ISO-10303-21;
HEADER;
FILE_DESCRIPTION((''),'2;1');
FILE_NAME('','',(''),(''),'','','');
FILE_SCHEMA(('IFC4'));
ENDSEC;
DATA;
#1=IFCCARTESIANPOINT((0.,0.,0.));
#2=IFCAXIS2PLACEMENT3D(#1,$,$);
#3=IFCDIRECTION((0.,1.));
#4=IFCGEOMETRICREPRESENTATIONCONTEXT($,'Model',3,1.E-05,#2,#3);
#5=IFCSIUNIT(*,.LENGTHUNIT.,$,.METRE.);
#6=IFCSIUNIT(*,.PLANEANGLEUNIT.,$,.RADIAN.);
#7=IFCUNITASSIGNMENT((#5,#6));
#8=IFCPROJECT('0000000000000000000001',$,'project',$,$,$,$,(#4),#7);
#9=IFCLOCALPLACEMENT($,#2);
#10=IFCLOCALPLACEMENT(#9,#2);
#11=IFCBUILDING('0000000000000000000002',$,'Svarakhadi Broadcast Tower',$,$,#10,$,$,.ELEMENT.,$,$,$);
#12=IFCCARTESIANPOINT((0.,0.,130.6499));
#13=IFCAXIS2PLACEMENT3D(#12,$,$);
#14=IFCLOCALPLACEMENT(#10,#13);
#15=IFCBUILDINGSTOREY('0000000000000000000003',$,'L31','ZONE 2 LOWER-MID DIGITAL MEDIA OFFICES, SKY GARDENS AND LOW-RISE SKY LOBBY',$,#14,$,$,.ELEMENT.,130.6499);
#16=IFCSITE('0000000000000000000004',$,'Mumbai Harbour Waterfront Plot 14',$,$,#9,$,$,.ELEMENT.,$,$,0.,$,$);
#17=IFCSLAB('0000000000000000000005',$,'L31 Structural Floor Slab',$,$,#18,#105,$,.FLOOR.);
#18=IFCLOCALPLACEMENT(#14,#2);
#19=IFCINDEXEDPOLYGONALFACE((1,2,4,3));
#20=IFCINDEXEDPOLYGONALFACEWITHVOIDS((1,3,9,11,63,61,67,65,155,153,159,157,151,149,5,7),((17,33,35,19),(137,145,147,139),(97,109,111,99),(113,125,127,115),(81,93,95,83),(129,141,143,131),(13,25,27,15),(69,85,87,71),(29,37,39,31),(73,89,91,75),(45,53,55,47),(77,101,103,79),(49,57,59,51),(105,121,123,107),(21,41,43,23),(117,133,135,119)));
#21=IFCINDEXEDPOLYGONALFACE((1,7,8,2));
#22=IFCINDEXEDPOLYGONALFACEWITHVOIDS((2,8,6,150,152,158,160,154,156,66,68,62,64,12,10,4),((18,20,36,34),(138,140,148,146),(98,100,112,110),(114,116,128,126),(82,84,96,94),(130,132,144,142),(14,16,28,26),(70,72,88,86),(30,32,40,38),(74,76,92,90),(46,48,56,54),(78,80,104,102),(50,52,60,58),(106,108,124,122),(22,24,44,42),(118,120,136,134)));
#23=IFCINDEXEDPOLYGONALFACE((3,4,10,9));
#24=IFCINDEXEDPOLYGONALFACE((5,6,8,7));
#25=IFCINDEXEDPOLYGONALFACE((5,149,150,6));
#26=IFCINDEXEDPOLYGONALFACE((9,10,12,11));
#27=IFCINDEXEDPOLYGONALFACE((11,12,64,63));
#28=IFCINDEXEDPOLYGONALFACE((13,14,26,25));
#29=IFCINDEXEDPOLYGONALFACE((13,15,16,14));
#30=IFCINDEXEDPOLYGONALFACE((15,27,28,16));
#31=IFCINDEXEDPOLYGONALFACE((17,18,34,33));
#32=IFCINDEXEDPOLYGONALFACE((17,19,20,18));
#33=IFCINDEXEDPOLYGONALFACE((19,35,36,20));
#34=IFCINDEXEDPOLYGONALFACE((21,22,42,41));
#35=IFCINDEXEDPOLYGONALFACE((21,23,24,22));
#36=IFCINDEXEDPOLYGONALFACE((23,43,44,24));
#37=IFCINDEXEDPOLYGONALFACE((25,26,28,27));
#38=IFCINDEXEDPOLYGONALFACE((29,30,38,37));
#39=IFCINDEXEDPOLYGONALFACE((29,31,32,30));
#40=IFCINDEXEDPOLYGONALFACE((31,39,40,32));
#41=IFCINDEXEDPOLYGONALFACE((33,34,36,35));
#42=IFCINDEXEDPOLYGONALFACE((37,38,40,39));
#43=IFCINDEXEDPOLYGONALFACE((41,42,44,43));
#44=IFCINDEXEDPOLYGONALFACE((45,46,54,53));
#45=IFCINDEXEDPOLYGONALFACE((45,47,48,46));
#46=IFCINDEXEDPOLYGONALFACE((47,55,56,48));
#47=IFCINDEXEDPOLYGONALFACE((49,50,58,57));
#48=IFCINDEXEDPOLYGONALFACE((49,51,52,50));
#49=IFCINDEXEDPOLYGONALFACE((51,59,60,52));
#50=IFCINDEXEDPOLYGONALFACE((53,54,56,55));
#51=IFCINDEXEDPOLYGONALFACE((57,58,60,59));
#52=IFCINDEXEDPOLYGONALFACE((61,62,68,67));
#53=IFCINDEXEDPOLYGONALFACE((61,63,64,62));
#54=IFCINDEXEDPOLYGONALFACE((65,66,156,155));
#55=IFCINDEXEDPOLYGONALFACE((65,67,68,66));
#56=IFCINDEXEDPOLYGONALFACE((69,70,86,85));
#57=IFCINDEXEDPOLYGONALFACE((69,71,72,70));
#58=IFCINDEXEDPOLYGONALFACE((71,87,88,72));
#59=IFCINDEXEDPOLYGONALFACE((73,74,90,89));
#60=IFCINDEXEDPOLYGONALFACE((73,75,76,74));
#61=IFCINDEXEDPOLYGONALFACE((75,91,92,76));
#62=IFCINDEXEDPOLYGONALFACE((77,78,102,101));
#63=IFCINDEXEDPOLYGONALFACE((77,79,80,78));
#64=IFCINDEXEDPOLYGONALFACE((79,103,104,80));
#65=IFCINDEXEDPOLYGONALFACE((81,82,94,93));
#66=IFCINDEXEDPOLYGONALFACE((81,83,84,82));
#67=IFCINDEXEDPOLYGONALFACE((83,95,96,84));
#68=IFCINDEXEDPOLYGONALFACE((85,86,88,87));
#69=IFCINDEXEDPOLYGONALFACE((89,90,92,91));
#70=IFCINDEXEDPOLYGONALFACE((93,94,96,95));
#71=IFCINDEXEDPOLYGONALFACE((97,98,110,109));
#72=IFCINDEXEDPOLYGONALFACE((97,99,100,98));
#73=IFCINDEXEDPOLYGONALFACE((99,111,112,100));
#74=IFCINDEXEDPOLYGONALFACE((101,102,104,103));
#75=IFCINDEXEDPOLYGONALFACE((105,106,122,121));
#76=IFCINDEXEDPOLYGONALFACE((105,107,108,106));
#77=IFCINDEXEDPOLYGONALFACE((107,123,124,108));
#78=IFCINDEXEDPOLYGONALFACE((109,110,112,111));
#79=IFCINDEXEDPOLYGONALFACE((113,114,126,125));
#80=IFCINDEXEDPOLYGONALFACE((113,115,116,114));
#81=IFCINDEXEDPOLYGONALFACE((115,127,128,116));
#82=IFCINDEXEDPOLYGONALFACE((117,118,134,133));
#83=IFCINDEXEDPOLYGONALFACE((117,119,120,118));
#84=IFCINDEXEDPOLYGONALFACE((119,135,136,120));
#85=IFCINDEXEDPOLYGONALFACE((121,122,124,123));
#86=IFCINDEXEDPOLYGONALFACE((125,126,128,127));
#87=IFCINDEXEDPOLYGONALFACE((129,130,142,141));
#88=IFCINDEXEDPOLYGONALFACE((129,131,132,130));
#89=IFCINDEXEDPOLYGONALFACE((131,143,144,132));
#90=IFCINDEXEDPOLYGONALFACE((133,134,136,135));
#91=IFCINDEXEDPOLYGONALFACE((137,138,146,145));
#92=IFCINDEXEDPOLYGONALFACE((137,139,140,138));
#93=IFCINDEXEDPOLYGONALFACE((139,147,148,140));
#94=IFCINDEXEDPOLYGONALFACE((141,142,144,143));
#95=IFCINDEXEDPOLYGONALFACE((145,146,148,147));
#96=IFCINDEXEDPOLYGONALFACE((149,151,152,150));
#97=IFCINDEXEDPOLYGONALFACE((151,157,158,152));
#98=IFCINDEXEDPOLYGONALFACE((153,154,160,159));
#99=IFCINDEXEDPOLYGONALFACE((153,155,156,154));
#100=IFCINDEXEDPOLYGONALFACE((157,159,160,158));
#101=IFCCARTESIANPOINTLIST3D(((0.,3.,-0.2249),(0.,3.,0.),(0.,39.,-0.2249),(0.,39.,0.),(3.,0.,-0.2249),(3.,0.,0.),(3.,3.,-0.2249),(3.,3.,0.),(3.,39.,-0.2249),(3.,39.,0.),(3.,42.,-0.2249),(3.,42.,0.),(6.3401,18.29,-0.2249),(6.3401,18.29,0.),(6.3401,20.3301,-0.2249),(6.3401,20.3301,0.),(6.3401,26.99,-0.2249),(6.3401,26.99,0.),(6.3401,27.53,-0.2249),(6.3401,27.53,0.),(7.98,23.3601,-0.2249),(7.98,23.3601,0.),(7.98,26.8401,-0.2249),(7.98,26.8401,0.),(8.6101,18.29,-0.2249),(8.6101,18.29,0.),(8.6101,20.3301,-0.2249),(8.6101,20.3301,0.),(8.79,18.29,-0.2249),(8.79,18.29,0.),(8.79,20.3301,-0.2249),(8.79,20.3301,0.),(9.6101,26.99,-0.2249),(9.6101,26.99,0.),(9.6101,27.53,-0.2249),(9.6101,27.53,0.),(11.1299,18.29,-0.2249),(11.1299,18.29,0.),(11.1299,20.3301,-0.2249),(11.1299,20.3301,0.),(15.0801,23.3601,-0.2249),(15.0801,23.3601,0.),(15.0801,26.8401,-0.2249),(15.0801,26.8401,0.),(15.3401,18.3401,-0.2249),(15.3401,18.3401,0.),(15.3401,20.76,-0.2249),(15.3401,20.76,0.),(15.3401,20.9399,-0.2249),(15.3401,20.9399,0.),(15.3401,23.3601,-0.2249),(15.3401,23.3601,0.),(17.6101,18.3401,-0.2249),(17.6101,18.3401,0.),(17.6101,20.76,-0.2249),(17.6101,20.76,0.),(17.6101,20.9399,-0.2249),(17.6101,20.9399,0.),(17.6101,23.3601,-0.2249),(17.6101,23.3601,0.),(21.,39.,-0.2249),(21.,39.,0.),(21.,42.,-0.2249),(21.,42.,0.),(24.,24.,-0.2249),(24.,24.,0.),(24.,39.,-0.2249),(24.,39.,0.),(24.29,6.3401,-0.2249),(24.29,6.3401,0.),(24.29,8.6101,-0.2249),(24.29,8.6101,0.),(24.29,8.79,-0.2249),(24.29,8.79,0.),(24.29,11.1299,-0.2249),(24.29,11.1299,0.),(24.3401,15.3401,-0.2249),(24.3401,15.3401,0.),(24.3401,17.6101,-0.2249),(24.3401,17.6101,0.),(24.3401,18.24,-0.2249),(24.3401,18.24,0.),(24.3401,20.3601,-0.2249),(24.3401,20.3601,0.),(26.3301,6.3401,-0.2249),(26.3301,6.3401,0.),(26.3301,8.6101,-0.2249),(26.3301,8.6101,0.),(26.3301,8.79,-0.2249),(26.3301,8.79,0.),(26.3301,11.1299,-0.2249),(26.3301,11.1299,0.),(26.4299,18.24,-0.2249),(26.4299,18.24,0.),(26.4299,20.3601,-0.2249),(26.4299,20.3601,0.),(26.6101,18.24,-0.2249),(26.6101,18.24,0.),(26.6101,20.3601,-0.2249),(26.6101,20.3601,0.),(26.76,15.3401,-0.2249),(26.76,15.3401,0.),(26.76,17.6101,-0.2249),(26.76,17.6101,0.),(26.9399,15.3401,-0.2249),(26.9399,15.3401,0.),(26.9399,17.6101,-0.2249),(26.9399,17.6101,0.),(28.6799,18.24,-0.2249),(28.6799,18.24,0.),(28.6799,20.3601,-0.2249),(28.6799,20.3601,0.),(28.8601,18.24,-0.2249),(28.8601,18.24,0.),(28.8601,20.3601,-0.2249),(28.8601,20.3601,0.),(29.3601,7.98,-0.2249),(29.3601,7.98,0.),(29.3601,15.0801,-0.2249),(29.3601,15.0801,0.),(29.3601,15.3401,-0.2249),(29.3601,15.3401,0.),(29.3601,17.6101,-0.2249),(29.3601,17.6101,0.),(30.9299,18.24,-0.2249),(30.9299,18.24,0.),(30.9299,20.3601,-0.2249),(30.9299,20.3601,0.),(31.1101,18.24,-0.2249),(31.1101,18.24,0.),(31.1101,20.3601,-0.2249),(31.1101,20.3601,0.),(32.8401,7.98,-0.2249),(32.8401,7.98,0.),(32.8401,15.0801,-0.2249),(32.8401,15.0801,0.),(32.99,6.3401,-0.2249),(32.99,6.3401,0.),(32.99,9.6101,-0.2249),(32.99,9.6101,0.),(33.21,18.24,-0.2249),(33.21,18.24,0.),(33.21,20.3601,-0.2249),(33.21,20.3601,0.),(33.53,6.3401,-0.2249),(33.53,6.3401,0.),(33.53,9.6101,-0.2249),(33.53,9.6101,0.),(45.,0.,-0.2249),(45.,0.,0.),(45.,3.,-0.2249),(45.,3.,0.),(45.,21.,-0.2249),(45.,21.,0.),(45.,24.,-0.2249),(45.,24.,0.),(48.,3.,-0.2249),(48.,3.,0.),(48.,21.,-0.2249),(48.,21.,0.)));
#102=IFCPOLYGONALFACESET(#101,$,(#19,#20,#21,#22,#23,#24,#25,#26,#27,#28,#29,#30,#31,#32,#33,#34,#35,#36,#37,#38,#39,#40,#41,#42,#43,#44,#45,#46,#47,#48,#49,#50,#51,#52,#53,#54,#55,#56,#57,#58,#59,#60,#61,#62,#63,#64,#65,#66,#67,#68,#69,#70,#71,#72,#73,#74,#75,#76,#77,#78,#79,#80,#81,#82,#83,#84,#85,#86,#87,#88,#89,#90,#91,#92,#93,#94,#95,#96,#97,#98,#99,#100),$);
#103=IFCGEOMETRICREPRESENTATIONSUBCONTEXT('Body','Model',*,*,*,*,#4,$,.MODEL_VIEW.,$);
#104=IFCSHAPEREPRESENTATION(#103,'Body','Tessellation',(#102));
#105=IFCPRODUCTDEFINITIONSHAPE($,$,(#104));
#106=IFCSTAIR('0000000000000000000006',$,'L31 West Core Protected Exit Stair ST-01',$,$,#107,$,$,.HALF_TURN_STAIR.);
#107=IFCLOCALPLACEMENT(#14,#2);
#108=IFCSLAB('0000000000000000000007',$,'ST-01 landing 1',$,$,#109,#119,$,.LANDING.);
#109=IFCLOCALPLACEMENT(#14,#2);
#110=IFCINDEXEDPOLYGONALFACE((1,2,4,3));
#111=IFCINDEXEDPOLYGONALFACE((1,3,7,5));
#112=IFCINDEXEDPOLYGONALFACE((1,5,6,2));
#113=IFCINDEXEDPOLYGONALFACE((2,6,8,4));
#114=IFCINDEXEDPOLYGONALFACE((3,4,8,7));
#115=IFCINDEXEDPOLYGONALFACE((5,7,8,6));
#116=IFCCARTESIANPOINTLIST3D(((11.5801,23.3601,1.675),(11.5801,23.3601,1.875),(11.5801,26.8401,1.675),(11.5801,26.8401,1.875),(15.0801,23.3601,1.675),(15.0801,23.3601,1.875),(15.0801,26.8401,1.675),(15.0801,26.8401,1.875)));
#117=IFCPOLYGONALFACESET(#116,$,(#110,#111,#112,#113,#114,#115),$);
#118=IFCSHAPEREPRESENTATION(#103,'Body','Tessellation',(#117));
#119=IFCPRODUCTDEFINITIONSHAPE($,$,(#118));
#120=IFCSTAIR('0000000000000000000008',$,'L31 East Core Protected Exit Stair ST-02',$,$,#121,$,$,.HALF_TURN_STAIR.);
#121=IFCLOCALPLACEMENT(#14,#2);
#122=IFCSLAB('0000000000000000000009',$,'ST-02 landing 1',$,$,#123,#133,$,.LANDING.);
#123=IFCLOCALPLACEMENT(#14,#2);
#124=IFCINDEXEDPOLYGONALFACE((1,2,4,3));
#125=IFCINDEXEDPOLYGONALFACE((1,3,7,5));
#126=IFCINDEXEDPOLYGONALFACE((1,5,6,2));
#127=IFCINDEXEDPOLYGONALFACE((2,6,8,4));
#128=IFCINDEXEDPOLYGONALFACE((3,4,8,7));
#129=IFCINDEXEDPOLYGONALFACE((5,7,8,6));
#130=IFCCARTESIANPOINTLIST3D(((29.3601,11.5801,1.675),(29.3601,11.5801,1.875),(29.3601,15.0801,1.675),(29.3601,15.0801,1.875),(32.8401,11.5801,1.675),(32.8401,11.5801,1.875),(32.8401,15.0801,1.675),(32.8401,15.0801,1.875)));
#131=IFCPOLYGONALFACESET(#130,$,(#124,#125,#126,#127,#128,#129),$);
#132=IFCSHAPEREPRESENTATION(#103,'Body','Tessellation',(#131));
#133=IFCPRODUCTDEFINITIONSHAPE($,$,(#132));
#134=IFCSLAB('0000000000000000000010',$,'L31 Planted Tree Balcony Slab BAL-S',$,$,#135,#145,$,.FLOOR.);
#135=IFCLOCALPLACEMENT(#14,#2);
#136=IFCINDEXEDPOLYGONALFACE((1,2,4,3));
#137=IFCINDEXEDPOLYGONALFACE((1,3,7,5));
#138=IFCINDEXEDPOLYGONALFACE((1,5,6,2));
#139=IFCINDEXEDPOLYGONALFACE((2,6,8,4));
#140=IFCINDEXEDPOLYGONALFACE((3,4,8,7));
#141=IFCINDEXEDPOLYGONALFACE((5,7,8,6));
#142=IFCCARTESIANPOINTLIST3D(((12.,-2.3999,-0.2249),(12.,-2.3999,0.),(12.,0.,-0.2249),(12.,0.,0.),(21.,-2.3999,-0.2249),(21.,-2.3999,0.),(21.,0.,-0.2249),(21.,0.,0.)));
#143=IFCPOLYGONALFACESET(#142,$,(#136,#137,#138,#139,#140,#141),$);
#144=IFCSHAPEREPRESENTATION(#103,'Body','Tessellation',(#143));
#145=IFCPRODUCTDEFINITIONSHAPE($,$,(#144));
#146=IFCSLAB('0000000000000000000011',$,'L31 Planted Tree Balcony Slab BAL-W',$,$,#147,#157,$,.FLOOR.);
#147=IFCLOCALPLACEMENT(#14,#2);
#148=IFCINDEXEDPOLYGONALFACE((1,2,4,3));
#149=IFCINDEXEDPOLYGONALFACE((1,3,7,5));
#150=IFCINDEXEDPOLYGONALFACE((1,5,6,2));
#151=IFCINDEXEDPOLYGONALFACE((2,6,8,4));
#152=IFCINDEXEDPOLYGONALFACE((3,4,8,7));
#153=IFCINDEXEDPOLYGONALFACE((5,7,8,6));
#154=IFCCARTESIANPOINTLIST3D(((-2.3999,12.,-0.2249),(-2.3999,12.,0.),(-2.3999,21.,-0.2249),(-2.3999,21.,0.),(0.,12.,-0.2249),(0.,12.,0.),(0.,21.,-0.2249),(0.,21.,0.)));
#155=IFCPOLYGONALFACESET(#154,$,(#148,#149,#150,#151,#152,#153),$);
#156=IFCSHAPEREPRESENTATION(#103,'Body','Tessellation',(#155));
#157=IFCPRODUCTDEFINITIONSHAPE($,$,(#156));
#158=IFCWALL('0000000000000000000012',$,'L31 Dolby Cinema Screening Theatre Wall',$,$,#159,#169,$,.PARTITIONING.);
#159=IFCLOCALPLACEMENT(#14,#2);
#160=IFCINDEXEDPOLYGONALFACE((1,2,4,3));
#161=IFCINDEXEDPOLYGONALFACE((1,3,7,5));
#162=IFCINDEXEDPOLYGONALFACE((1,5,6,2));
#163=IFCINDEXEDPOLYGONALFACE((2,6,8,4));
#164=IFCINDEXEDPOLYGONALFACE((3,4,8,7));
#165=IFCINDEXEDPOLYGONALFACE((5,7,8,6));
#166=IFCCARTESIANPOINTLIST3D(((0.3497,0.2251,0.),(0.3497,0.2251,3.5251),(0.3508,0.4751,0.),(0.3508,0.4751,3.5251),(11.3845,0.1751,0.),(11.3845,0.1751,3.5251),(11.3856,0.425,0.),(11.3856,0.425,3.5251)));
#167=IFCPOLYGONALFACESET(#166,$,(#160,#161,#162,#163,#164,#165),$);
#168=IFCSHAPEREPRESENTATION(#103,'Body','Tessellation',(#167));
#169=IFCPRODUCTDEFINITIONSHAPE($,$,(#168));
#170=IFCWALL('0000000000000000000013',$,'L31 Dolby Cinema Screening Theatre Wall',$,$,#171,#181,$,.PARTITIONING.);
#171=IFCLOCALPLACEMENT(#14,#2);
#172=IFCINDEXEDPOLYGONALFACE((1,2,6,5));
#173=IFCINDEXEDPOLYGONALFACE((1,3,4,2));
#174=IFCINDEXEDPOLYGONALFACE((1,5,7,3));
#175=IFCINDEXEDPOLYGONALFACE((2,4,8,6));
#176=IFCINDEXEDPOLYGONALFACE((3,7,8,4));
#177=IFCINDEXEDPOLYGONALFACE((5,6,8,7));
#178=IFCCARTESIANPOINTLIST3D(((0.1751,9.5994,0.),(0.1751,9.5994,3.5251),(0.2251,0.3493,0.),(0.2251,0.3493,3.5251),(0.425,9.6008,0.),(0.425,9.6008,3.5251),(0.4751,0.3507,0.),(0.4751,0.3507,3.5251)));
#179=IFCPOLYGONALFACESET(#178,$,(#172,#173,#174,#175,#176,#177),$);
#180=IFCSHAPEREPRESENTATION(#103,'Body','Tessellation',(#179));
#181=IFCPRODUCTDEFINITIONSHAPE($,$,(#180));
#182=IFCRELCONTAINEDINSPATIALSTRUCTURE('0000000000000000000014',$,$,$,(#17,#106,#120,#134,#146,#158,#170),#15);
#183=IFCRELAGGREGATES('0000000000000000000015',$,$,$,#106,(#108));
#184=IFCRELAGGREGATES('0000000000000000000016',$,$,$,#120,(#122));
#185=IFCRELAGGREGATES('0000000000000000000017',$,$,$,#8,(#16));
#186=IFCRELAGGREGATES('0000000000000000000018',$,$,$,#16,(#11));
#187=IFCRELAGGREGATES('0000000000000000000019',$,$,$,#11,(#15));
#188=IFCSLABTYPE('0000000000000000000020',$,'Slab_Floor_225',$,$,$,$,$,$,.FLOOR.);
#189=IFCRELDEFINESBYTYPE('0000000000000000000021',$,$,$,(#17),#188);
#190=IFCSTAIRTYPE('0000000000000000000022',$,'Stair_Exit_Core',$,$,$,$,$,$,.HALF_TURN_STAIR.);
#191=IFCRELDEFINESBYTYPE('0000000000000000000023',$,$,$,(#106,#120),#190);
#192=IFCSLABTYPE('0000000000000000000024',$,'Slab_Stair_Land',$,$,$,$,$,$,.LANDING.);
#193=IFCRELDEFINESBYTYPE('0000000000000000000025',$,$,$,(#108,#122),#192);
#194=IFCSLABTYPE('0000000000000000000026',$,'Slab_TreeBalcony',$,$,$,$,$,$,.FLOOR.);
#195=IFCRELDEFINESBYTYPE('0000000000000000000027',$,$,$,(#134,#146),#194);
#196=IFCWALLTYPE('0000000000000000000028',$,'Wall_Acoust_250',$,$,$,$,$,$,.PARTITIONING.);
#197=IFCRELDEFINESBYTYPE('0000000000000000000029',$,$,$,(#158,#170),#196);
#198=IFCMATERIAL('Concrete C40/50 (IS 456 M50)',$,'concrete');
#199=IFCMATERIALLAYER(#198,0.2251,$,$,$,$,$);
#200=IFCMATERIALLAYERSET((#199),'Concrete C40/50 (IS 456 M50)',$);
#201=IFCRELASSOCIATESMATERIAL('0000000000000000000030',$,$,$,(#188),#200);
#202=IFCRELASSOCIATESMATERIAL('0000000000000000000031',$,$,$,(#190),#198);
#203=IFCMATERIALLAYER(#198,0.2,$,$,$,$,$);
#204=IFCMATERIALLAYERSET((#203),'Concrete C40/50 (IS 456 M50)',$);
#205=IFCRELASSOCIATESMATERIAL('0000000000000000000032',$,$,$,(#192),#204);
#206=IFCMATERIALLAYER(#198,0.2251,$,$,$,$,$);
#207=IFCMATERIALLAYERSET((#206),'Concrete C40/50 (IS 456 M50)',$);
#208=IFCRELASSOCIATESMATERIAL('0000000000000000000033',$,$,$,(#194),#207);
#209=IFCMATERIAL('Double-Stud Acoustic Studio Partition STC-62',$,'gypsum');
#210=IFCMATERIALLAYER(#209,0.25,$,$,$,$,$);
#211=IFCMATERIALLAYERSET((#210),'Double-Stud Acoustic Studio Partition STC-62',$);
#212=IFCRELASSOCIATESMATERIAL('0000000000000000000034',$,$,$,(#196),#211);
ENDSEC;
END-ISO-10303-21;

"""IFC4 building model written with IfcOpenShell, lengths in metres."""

from ifc_helpers import new_model, si_unit, direction, frame, frame_2d, origin, place, context, subcontext, project, spatial, polyline, rectangle, outline, extrude, material, layer, layer_set, type_object, element, aggregate, save


model = new_model("IFC4")

# Units and contexts
model_context = context("Model", 3, precision=1e-05, world=origin(), true_north=direction((0.0, 1.0)))
body_context = subcontext(model_context, "Body", "Model", "MODEL_VIEW")
ifc_project = project(units=[si_unit("LENGTHUNIT", "METRE"), si_unit("PLANEANGLEUNIT", "RADIAN")], contexts=[model_context])

# Site, building, storey
site_placement = place(None, origin())
site = spatial("IfcSite", under=ifc_project, at=site_placement, Name="Mumbai Harbour Waterfront Plot 14", CompositionType="ELEMENT", RefElevation=0.0)
building_placement = place(site_placement, origin())
building = spatial("IfcBuilding", under=site, at=building_placement, Name="Svarakhadi Broadcast Tower", CompositionType="ELEMENT")
storey_placement = place(building_placement, frame((0.0, 0.0, 130.6499)))
storey = spatial("IfcBuildingStorey", under=building, at=storey_placement, Name="L31", Description="ZONE 2 LOWER-MID DIGITAL MEDIA OFFICES, SKY GARDENS AND LOW-RISE SKY LOBBY", CompositionType="ELEMENT", Elevation=130.6499)

# Slab
ifc_material_1 = material(Name="Concrete C40/50 (IS 456 M50)", Category="concrete")
ifc_layer_1 = layer(ifc_material_1, 0.2251)
ifc_layer_set_1 = layer_set([ifc_layer_1], Name="Concrete C40/50 (IS 456 M50)")
slab_type_1 = type_object("IfcSlabType", Name="Slab_Floor_225", PredefinedType="FLOOR", material=ifc_layer_set_1)
slab_1_placement = place(storey_placement, frame((0.0, 0.0, -0.2249)))
element("IfcSlab", 1, at=slab_1_placement, inside=storey, type_object=slab_type_1, Name="L31 Structural Floor Slab", PredefinedType="FLOOR", context=body_context, shape_type="SweptSolid", body=[
    extrude(outline(polyline([(3.0, 0.0), (45.0, 0.0), (45.0, 3.0), (48.0, 3.0), (48.0, 21.0), (45.0, 21.0), (45.0, 24.0), (24.0, 24.0), (24.0, 39.0), (21.0, 39.0), (21.0, 42.0), (3.0, 42.0), (3.0, 39.0), (0.0, 39.0), (0.0, 3.0), (3.0, 3.0), (3.0, 0.0)]), holes=[polyline([(7.98, 23.3601), (15.0801, 23.3601), (15.0801, 26.8401), (7.98, 26.8401), (7.98, 23.3601)]), polyline([(32.8401, 7.98), (32.8401, 15.0801), (29.3601, 15.0801), (29.3601, 7.98), (32.8401, 7.98)]), polyline([(6.3401, 18.29), (8.6101, 18.29), (8.6101, 20.3301), (6.3401, 20.3301), (6.3401, 18.29)]), polyline([(8.79, 18.29), (11.1299, 18.29), (11.1299, 20.3301), (8.79, 20.3301), (8.79, 18.29)]), polyline([(24.29, 6.3401), (26.3301, 6.3401), (26.3301, 8.6101), (24.29, 8.6101), (24.29, 6.3401)]), polyline([(24.29, 8.79), (26.3301, 8.79), (26.3301, 11.1299), (24.29, 11.1299), (24.29, 8.79)]), polyline([(6.3401, 26.99), (9.6101, 26.99), (9.6101, 27.53), (6.3401, 27.53), (6.3401, 26.99)]), polyline([(32.99, 6.3401), (33.53, 6.3401), (33.53, 9.6101), (32.99, 9.6101), (32.99, 6.3401)]), polyline([(15.3401, 18.3401), (17.6101, 18.3401), (17.6101, 20.76), (15.3401, 20.76), (15.3401, 18.3401)]), polyline([(15.3401, 20.9399), (17.6101, 20.9399), (17.6101, 23.3601), (15.3401, 23.3601), (15.3401, 20.9399)]), polyline([(24.3401, 15.3401), (26.76, 15.3401), (26.76, 17.6101), (24.3401, 17.6101), (24.3401, 15.3401)]), polyline([(26.9399, 15.3401), (29.3601, 15.3401), (29.3601, 17.6101), (26.9399, 17.6101), (26.9399, 15.3401)]), polyline([(24.3401, 18.24), (26.4299, 18.24), (26.4299, 20.3601), (24.3401, 20.3601), (24.3401, 18.24)]), polyline([(26.6101, 18.24), (28.6799, 18.24), (28.6799, 20.3601), (26.6101, 20.3601), (26.6101, 18.24)]), polyline([(28.8601, 18.24), (30.9299, 18.24), (30.9299, 20.3601), (28.8601, 20.3601), (28.8601, 18.24)]), polyline([(31.1101, 18.24), (33.21, 18.24), (33.21, 20.3601), (31.1101, 20.3601), (31.1101, 18.24)])]), origin(), (0.0, 0.0, 1.0), 0.2249),
])

# Stairs, slabs
stair_type = type_object("IfcStairType", Name="Stair_Exit_Core", PredefinedType="HALF_TURN_STAIR", material=ifc_material_1)
stair_1_placement = place(storey_placement, origin())
stair_1 = element("IfcStair", 2, at=stair_1_placement, inside=storey, type_object=stair_type, Name="L31 West Core Protected Exit Stair ST-01", PredefinedType="HALF_TURN_STAIR")
ifc_layer_2 = layer(ifc_material_1, 0.2)
ifc_layer_set_2 = layer_set([ifc_layer_2], Name="Concrete C40/50 (IS 456 M50)")
slab_type_2 = type_object("IfcSlabType", Name="Slab_Stair_Land", PredefinedType="LANDING", material=ifc_layer_set_2)
slab_2_placement = place(storey_placement, frame((0.0, 0.0, 1.675)))
slab_2 = element("IfcSlab", 3, at=slab_2_placement, type_object=slab_type_2, Name="ST-01 landing 1", PredefinedType="LANDING", context=body_context, shape_type="SweptSolid", body=[
    extrude(outline(polyline([(11.5801, 23.3601), (15.0801, 23.3601), (15.0801, 26.8401), (11.5801, 26.8401), (11.5801, 23.3601)])), origin(), (0.0, 0.0, 1.0), 0.2),
])
aggregate(stair_1, [slab_2])
stair_2_placement = place(storey_placement, origin())
stair_2 = element("IfcStair", 4, at=stair_2_placement, inside=storey, type_object=stair_type, Name="L31 East Core Protected Exit Stair ST-02", PredefinedType="HALF_TURN_STAIR")
slab_3_placement = place(storey_placement, frame((0.0, 0.0, 1.675)))
slab_3 = element("IfcSlab", 5, at=slab_3_placement, type_object=slab_type_2, Name="ST-02 landing 1", PredefinedType="LANDING", context=body_context, shape_type="SweptSolid", body=[
    extrude(outline(polyline([(32.8401, 11.5801), (32.8401, 15.0801), (29.3601, 15.0801), (29.3601, 11.5801), (32.8401, 11.5801)])), origin(), (0.0, 0.0, 1.0), 0.2),
])
aggregate(stair_2, [slab_3])

# Slabs
ifc_layer_3 = layer(ifc_material_1, 0.2251)
ifc_layer_set_3 = layer_set([ifc_layer_3], Name="Concrete C40/50 (IS 456 M50)")
slab_type_3 = type_object("IfcSlabType", Name="Slab_TreeBalcony", PredefinedType="FLOOR", material=ifc_layer_set_3)
slab_4_placement = place(storey_placement, frame((0.0, 0.0, -0.2249)))
element("IfcSlab", 6, at=slab_4_placement, inside=storey, type_object=slab_type_3, Name="L31 Planted Tree Balcony Slab BAL-S", PredefinedType="FLOOR", context=body_context, shape_type="SweptSolid", body=[
    extrude(outline(polyline([(12.0, -2.3999), (21.0, -2.3999), (21.0, 0.0), (12.0, 0.0), (12.0, -2.3999)])), origin(), (0.0, 0.0, 1.0), 0.2249),
])
slab_5_placement = place(storey_placement, frame((0.0, 0.0, -0.2249)))
element("IfcSlab", 7, at=slab_5_placement, inside=storey, type_object=slab_type_3, Name="L31 Planted Tree Balcony Slab BAL-W", PredefinedType="FLOOR", context=body_context, shape_type="SweptSolid", body=[
    extrude(outline(polyline([(-2.3999, 12.0), (0.0, 12.0), (0.0, 21.0), (-2.3999, 21.0), (-2.3999, 12.0)])), origin(), (0.0, 0.0, 1.0), 0.2249),
])

# Walls
ifc_material_2 = material(Name="Double-Stud Acoustic Studio Partition STC-62", Category="gypsum")
ifc_layer_4 = layer(ifc_material_2, 0.25)
ifc_layer_set_4 = layer_set([ifc_layer_4], Name="Double-Stud Acoustic Studio Partition STC-62")
wall_type = type_object("IfcWallType", Name="Wall_Acoust_250", PredefinedType="PARTITIONING", material=ifc_layer_set_4)
wall_1_placement = place(storey_placement, frame((0.3501, 0.3501, 0.0), z_axis=(0.0, 0.0, 1.0), x_axis=(0.99999, -0.004535, 0.0)))
element("IfcWall", 8, at=wall_1_placement, inside=storey, type_object=wall_type, Name="L31 Dolby Cinema Screening Theatre Wall", PredefinedType="PARTITIONING", context=body_context, shape_type="SweptSolid", body=[
    extrude(rectangle(XDim=11.0349, YDim=0.25, at=frame_2d((5.5176, 0.0))), origin(), (0.0, 0.0, 1.0), 3.5251),
])
wall_2_placement = place(storey_placement, frame((0.3501, 0.3501, 0.0), z_axis=(0.0, 0.0, 1.0), x_axis=(-0.005411, 0.999985, 0.0)))
element("IfcWall", 9, at=wall_2_placement, inside=storey, type_object=wall_type, Name="L31 Dolby Cinema Screening Theatre Wall", PredefinedType="PARTITIONING", context=body_context, shape_type="SweptSolid", body=[
    extrude(rectangle(XDim=9.2502, YDim=0.25, at=frame_2d((4.625, 0.0))), origin(), (0.0, 0.0, 1.0), 3.5251),
])

save(model, "model.ifc")
